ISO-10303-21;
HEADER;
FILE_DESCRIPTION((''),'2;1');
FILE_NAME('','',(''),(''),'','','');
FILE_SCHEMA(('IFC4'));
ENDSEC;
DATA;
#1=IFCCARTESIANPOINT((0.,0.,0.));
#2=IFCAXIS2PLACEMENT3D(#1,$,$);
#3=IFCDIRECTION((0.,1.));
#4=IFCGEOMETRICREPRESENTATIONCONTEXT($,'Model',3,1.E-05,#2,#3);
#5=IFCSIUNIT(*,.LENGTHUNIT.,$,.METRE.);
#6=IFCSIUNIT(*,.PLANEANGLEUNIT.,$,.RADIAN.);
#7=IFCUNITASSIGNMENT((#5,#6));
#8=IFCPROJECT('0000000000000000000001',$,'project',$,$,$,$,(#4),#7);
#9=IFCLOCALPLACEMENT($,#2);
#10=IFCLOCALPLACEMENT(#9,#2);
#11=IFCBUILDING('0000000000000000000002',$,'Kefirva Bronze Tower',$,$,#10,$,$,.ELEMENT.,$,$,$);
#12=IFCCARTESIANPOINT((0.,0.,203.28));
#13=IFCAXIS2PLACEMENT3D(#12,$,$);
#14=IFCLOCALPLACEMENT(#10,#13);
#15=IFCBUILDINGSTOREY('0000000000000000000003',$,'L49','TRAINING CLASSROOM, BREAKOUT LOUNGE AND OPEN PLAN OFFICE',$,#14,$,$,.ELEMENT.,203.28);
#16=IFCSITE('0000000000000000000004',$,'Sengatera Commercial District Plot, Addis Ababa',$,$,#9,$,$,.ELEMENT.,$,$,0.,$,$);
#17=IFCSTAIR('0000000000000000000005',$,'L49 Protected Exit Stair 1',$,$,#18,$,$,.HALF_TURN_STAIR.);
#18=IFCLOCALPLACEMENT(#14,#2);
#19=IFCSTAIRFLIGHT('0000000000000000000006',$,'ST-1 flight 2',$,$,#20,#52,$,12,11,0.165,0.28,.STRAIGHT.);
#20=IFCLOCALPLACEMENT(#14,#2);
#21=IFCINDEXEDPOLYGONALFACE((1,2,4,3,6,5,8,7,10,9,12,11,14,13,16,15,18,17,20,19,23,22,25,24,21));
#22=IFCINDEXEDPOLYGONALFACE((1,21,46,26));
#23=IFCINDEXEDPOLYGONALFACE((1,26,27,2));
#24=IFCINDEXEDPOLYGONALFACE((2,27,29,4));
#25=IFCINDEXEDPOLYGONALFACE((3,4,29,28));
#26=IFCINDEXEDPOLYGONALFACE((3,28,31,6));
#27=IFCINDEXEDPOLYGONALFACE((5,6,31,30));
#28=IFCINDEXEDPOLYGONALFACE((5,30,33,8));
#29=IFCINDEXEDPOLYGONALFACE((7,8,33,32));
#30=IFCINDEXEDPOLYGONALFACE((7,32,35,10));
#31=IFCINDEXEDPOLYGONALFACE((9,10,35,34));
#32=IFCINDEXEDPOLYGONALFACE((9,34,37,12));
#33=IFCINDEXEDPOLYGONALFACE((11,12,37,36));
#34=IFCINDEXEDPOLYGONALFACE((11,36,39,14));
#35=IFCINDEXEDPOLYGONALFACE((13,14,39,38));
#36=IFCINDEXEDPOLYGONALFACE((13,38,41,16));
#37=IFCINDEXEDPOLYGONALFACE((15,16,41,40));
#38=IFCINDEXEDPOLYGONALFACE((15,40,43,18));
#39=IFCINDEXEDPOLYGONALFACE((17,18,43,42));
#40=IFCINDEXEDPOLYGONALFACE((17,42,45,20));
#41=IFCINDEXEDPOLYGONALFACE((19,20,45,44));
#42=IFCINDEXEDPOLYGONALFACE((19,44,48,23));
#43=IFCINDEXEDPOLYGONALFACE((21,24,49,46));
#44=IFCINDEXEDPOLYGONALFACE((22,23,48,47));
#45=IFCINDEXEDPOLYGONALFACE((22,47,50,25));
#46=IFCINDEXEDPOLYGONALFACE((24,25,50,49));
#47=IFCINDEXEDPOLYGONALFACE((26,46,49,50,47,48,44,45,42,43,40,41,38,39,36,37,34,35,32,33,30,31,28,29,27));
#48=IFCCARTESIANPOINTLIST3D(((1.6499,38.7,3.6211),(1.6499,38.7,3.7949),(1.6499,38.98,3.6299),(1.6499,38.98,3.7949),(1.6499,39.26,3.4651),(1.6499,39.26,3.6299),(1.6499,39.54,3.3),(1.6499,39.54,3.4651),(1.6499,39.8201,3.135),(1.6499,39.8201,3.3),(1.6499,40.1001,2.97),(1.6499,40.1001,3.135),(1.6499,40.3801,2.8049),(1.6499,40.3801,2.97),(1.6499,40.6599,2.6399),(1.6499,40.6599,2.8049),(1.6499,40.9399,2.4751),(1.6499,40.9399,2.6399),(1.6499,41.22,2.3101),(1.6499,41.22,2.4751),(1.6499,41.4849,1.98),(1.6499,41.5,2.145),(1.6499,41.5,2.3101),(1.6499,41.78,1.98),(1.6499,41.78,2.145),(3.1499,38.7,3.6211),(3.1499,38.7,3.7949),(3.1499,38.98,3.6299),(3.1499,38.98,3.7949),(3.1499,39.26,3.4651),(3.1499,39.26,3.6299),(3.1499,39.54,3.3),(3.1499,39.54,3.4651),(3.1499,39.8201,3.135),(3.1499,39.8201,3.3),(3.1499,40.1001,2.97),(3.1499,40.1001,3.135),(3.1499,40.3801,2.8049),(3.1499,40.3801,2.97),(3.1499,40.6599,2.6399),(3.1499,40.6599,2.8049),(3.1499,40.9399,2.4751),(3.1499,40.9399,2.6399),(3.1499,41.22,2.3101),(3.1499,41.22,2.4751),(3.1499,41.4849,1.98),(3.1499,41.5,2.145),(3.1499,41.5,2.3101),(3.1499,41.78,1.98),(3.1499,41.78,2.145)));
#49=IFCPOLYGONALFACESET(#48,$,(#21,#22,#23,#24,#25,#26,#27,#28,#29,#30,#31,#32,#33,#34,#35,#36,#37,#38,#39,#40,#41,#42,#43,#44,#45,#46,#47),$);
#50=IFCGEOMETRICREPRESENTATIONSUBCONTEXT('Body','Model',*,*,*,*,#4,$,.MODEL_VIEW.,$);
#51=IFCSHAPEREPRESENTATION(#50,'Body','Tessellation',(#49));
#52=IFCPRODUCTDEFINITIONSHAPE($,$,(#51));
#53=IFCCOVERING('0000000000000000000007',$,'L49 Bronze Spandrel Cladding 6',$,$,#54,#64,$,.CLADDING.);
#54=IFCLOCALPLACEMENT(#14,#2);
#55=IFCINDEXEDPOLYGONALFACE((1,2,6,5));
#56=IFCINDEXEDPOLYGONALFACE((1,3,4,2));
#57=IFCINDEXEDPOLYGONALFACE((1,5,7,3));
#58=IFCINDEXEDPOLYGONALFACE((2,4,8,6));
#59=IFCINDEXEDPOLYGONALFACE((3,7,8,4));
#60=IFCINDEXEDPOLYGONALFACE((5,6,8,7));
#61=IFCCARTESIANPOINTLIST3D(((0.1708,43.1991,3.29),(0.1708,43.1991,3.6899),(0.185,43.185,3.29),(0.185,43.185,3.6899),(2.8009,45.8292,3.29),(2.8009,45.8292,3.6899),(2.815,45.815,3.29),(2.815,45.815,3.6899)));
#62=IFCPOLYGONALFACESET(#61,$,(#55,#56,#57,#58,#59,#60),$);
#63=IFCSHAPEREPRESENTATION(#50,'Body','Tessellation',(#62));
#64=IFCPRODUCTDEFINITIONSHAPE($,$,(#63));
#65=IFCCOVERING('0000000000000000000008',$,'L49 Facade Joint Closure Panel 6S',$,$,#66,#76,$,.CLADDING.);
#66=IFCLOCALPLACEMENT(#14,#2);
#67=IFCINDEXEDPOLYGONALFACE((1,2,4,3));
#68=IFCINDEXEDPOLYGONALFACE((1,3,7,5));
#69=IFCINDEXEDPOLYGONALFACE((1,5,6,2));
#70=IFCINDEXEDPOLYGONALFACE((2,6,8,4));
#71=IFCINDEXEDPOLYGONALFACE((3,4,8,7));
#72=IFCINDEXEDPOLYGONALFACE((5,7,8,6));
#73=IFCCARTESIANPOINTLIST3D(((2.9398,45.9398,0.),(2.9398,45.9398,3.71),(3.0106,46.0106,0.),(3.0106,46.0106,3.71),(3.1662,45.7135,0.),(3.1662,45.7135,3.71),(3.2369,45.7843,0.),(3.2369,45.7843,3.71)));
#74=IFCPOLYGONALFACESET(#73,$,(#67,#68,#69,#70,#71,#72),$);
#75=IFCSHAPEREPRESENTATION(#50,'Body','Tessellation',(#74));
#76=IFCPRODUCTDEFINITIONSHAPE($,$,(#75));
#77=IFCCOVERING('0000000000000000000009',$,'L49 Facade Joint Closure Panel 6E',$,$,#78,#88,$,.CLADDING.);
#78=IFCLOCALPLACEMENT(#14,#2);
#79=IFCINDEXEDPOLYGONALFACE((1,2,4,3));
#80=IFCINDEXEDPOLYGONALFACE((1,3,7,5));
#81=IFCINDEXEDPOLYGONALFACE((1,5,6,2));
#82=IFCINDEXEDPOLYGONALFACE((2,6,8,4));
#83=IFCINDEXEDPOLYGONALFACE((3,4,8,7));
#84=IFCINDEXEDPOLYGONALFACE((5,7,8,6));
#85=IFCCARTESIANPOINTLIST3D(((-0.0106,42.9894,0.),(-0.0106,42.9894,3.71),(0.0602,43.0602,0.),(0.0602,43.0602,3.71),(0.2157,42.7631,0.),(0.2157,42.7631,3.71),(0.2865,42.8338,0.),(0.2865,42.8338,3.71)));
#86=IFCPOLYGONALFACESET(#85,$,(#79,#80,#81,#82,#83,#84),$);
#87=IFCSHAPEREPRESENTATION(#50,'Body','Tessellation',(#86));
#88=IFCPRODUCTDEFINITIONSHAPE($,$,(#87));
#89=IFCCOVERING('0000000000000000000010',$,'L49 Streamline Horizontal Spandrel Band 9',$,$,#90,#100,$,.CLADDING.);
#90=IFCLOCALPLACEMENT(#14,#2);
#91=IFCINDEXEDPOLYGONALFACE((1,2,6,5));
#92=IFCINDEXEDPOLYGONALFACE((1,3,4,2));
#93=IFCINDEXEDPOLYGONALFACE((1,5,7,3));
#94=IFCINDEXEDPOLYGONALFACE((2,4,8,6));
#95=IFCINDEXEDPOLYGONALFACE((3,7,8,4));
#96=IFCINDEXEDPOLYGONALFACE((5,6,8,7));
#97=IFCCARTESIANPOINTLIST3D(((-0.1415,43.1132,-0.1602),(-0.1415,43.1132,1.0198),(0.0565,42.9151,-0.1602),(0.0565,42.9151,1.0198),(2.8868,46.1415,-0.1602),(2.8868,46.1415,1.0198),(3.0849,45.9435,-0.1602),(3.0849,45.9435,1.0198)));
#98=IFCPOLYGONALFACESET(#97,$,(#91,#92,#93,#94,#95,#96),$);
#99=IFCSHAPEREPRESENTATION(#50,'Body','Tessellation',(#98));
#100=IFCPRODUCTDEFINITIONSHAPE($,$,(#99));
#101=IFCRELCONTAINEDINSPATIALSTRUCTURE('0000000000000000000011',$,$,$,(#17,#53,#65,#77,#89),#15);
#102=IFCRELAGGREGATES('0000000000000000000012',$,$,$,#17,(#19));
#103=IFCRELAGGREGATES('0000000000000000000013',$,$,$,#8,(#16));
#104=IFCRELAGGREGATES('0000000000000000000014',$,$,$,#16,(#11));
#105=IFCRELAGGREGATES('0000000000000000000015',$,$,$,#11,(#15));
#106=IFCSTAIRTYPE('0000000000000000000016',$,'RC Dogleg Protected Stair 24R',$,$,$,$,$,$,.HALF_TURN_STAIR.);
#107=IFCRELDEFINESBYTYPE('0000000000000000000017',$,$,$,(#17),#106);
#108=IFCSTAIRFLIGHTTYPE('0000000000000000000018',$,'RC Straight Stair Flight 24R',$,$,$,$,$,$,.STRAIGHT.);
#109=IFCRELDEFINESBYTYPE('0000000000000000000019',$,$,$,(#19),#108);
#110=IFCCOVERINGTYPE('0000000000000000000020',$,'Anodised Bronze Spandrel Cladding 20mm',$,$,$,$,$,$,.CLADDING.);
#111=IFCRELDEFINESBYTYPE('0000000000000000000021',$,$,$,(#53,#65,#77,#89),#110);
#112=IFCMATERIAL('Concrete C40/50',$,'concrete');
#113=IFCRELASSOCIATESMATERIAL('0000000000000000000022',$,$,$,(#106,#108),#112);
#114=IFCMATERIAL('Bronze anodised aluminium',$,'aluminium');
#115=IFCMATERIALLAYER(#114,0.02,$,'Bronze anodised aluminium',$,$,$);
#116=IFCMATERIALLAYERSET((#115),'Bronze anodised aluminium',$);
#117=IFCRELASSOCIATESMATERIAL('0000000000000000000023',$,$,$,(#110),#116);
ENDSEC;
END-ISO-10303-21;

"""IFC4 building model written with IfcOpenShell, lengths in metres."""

from ifc_helpers import new_model, si_unit, direction, frame, origin, origin_2d, place, context, subcontext, project, spatial, polyline, rectangle, outline, extrude, material, layer, layer_set, type_object, element, aggregate, save


model = new_model("IFC4")

# Units and contexts
model_context = context("Model", 3, precision=1e-05, world=origin(), true_north=direction((0.0, 1.0)))
body_context = subcontext(model_context, "Body", "Model", "MODEL_VIEW")
ifc_project = project(units=[si_unit("LENGTHUNIT", "METRE"), si_unit("PLANEANGLEUNIT", "RADIAN")], contexts=[model_context])

# Site, building, storey
site_placement = place(None, origin())
site = spatial("IfcSite", under=ifc_project, at=site_placement, Name="Sengatera Commercial District Plot, Addis Ababa", CompositionType="ELEMENT", RefElevation=0.0)
building_placement = place(site_placement, origin())
building = spatial("IfcBuilding", under=site, at=building_placement, Name="Kefirva Bronze Tower", CompositionType="ELEMENT")
storey_placement = place(building_placement, frame((0.0, 0.0, 203.28)))
storey = spatial("IfcBuildingStorey", under=building, at=storey_placement, Name="L49", Description="TRAINING CLASSROOM, BREAKOUT LOUNGE AND OPEN PLAN OFFICE", CompositionType="ELEMENT", Elevation=203.28)

# Shared definitions
ifc_material_1 = material(Name="Bronze anodised aluminium", Category="aluminium")

# Stair, stair flight
ifc_material_2 = material(Name="Concrete C40/50", Category="concrete")
stair_type = type_object("IfcStairType", Name="RC Dogleg Protected Stair 24R", PredefinedType="HALF_TURN_STAIR", material=ifc_material_2)
stair_placement = place(storey_placement, origin())
stair = element("IfcStair", 1, at=stair_placement, inside=storey, type_object=stair_type, Name="L49 Protected Exit Stair 1", PredefinedType="HALF_TURN_STAIR")
stair_flight_type = type_object("IfcStairFlightType", Name="RC Straight Stair Flight 24R", PredefinedType="STRAIGHT", material=ifc_material_2)
stair_flight_1_placement = place(storey_placement, frame((2.3999, 41.78, 1.98), z_axis=(0.0, 0.0, 1.0), x_axis=(0.0, -1.0, 0.0)))
stair_flight_1 = element("IfcStairFlight", 2, at=stair_flight_1_placement, type_object=stair_flight_type, Name="ST-1 flight 2", NumberOfRisers=12, NumberOfTreads=11, PredefinedType="STRAIGHT", RiserHeight=0.165, TreadLength=0.28, context=body_context, shape_type="SweptSolid", body=[
    extrude(outline(polyline([(0.0, 0.0), (0.0, 0.165), (0.28, 0.165), (0.28, 0.3301), (0.5601, 0.3301), (0.5601, 0.4951), (0.8401, 0.4951), (0.8401, 0.6599), (1.1201, 0.6599), (1.1201, 0.825), (1.3999, 0.825), (1.3999, 0.99), (1.6799, 0.99), (1.6799, 1.155), (1.96, 1.155), (1.96, 1.3201), (2.24, 1.3201), (2.24, 1.4851), (2.52, 1.4851), (2.52, 1.6499), (2.8, 1.6499), (2.8, 1.8149), (3.0801, 1.8149), (3.0801, 1.98), (3.0801, 1.6411), (0.2952, 0.0), (0.0, 0.0)])), frame((0.0, 0.75, 0.0), z_axis=(0.0, -1.0, 0.0), x_axis=(1.0, 0.0, 0.0)), (0.0, 0.0, 1.0), 1.5),
])
aggregate(stair, [stair_flight_1])

# Coverings
ifc_layer_1 = layer(ifc_material_1, 0.02, Name="Bronze anodised aluminium")
ifc_layer_set_1 = layer_set([ifc_layer_1], Name="Bronze anodised aluminium")
covering_type_1 = type_object("IfcCoveringType", Name="Anodised Bronze Spandrel Cladding 20mm", PredefinedType="CLADDING", material=ifc_layer_set_1)
covering_1_placement = place(storey_placement, frame((1.4929, 44.5071, 3.29), z_axis=(0.0, 0.0, 1.0), x_axis=(-0.707107, -0.707107, 0.0)))
element("IfcCovering", 3, at=covering_1_placement, inside=storey, type_object=covering_type_1, Name="L49 Bronze Spandrel Cladding 6", PredefinedType="CLADDING", context=body_context, shape_type="SweptSolid", body=[
    extrude(rectangle(XDim=3.7195, YDim=0.02, at=origin_2d()), origin(), (0.0, 0.0, 1.0), 0.3999),
])
for number, where, z_axis, x_axis, name in (
    (4, (3.0884, 45.8621, 0.0), (0.0, 0.0, 1.0), (-0.707107, -0.707107, 0.0), "L49 Facade Joint Closure Panel 6S"),
    (5, (0.1379, 42.9116, 0.0), (0.0, 0.0, 1.0), (-0.707107, -0.707107, 0.0), "L49 Facade Joint Closure Panel 6E"),
):
    element("IfcCovering", number, at=place(storey_placement, frame(where, z_axis=z_axis, x_axis=x_axis)), inside=storey, type_object=covering_type_1, Name=name, PredefinedType="CLADDING", context=body_context, shape_type="SweptSolid", body=[
        extrude(rectangle(XDim=0.1001, YDim=0.3201, at=origin_2d()), origin(), (0.0, 0.0, 1.0), 3.71),
    ])
covering_2_placement = place(storey_placement, frame((1.4717, 44.5283, -0.1602), z_axis=(0.0, 0.0, 1.0), x_axis=(-0.707107, -0.707107, 0.0)))
element("IfcCovering", 6, at=covering_2_placement, inside=storey, type_object=covering_type_1, Name="L49 Streamline Horizontal Spandrel Band 9", PredefinedType="CLADDING", context=body_context, shape_type="SweptSolid", body=[
    extrude(rectangle(XDim=4.2827, YDim=0.28, at=origin_2d()), origin(), (0.0, 0.0, 1.0), 1.1799),
])

save(model, "model.ifc")
